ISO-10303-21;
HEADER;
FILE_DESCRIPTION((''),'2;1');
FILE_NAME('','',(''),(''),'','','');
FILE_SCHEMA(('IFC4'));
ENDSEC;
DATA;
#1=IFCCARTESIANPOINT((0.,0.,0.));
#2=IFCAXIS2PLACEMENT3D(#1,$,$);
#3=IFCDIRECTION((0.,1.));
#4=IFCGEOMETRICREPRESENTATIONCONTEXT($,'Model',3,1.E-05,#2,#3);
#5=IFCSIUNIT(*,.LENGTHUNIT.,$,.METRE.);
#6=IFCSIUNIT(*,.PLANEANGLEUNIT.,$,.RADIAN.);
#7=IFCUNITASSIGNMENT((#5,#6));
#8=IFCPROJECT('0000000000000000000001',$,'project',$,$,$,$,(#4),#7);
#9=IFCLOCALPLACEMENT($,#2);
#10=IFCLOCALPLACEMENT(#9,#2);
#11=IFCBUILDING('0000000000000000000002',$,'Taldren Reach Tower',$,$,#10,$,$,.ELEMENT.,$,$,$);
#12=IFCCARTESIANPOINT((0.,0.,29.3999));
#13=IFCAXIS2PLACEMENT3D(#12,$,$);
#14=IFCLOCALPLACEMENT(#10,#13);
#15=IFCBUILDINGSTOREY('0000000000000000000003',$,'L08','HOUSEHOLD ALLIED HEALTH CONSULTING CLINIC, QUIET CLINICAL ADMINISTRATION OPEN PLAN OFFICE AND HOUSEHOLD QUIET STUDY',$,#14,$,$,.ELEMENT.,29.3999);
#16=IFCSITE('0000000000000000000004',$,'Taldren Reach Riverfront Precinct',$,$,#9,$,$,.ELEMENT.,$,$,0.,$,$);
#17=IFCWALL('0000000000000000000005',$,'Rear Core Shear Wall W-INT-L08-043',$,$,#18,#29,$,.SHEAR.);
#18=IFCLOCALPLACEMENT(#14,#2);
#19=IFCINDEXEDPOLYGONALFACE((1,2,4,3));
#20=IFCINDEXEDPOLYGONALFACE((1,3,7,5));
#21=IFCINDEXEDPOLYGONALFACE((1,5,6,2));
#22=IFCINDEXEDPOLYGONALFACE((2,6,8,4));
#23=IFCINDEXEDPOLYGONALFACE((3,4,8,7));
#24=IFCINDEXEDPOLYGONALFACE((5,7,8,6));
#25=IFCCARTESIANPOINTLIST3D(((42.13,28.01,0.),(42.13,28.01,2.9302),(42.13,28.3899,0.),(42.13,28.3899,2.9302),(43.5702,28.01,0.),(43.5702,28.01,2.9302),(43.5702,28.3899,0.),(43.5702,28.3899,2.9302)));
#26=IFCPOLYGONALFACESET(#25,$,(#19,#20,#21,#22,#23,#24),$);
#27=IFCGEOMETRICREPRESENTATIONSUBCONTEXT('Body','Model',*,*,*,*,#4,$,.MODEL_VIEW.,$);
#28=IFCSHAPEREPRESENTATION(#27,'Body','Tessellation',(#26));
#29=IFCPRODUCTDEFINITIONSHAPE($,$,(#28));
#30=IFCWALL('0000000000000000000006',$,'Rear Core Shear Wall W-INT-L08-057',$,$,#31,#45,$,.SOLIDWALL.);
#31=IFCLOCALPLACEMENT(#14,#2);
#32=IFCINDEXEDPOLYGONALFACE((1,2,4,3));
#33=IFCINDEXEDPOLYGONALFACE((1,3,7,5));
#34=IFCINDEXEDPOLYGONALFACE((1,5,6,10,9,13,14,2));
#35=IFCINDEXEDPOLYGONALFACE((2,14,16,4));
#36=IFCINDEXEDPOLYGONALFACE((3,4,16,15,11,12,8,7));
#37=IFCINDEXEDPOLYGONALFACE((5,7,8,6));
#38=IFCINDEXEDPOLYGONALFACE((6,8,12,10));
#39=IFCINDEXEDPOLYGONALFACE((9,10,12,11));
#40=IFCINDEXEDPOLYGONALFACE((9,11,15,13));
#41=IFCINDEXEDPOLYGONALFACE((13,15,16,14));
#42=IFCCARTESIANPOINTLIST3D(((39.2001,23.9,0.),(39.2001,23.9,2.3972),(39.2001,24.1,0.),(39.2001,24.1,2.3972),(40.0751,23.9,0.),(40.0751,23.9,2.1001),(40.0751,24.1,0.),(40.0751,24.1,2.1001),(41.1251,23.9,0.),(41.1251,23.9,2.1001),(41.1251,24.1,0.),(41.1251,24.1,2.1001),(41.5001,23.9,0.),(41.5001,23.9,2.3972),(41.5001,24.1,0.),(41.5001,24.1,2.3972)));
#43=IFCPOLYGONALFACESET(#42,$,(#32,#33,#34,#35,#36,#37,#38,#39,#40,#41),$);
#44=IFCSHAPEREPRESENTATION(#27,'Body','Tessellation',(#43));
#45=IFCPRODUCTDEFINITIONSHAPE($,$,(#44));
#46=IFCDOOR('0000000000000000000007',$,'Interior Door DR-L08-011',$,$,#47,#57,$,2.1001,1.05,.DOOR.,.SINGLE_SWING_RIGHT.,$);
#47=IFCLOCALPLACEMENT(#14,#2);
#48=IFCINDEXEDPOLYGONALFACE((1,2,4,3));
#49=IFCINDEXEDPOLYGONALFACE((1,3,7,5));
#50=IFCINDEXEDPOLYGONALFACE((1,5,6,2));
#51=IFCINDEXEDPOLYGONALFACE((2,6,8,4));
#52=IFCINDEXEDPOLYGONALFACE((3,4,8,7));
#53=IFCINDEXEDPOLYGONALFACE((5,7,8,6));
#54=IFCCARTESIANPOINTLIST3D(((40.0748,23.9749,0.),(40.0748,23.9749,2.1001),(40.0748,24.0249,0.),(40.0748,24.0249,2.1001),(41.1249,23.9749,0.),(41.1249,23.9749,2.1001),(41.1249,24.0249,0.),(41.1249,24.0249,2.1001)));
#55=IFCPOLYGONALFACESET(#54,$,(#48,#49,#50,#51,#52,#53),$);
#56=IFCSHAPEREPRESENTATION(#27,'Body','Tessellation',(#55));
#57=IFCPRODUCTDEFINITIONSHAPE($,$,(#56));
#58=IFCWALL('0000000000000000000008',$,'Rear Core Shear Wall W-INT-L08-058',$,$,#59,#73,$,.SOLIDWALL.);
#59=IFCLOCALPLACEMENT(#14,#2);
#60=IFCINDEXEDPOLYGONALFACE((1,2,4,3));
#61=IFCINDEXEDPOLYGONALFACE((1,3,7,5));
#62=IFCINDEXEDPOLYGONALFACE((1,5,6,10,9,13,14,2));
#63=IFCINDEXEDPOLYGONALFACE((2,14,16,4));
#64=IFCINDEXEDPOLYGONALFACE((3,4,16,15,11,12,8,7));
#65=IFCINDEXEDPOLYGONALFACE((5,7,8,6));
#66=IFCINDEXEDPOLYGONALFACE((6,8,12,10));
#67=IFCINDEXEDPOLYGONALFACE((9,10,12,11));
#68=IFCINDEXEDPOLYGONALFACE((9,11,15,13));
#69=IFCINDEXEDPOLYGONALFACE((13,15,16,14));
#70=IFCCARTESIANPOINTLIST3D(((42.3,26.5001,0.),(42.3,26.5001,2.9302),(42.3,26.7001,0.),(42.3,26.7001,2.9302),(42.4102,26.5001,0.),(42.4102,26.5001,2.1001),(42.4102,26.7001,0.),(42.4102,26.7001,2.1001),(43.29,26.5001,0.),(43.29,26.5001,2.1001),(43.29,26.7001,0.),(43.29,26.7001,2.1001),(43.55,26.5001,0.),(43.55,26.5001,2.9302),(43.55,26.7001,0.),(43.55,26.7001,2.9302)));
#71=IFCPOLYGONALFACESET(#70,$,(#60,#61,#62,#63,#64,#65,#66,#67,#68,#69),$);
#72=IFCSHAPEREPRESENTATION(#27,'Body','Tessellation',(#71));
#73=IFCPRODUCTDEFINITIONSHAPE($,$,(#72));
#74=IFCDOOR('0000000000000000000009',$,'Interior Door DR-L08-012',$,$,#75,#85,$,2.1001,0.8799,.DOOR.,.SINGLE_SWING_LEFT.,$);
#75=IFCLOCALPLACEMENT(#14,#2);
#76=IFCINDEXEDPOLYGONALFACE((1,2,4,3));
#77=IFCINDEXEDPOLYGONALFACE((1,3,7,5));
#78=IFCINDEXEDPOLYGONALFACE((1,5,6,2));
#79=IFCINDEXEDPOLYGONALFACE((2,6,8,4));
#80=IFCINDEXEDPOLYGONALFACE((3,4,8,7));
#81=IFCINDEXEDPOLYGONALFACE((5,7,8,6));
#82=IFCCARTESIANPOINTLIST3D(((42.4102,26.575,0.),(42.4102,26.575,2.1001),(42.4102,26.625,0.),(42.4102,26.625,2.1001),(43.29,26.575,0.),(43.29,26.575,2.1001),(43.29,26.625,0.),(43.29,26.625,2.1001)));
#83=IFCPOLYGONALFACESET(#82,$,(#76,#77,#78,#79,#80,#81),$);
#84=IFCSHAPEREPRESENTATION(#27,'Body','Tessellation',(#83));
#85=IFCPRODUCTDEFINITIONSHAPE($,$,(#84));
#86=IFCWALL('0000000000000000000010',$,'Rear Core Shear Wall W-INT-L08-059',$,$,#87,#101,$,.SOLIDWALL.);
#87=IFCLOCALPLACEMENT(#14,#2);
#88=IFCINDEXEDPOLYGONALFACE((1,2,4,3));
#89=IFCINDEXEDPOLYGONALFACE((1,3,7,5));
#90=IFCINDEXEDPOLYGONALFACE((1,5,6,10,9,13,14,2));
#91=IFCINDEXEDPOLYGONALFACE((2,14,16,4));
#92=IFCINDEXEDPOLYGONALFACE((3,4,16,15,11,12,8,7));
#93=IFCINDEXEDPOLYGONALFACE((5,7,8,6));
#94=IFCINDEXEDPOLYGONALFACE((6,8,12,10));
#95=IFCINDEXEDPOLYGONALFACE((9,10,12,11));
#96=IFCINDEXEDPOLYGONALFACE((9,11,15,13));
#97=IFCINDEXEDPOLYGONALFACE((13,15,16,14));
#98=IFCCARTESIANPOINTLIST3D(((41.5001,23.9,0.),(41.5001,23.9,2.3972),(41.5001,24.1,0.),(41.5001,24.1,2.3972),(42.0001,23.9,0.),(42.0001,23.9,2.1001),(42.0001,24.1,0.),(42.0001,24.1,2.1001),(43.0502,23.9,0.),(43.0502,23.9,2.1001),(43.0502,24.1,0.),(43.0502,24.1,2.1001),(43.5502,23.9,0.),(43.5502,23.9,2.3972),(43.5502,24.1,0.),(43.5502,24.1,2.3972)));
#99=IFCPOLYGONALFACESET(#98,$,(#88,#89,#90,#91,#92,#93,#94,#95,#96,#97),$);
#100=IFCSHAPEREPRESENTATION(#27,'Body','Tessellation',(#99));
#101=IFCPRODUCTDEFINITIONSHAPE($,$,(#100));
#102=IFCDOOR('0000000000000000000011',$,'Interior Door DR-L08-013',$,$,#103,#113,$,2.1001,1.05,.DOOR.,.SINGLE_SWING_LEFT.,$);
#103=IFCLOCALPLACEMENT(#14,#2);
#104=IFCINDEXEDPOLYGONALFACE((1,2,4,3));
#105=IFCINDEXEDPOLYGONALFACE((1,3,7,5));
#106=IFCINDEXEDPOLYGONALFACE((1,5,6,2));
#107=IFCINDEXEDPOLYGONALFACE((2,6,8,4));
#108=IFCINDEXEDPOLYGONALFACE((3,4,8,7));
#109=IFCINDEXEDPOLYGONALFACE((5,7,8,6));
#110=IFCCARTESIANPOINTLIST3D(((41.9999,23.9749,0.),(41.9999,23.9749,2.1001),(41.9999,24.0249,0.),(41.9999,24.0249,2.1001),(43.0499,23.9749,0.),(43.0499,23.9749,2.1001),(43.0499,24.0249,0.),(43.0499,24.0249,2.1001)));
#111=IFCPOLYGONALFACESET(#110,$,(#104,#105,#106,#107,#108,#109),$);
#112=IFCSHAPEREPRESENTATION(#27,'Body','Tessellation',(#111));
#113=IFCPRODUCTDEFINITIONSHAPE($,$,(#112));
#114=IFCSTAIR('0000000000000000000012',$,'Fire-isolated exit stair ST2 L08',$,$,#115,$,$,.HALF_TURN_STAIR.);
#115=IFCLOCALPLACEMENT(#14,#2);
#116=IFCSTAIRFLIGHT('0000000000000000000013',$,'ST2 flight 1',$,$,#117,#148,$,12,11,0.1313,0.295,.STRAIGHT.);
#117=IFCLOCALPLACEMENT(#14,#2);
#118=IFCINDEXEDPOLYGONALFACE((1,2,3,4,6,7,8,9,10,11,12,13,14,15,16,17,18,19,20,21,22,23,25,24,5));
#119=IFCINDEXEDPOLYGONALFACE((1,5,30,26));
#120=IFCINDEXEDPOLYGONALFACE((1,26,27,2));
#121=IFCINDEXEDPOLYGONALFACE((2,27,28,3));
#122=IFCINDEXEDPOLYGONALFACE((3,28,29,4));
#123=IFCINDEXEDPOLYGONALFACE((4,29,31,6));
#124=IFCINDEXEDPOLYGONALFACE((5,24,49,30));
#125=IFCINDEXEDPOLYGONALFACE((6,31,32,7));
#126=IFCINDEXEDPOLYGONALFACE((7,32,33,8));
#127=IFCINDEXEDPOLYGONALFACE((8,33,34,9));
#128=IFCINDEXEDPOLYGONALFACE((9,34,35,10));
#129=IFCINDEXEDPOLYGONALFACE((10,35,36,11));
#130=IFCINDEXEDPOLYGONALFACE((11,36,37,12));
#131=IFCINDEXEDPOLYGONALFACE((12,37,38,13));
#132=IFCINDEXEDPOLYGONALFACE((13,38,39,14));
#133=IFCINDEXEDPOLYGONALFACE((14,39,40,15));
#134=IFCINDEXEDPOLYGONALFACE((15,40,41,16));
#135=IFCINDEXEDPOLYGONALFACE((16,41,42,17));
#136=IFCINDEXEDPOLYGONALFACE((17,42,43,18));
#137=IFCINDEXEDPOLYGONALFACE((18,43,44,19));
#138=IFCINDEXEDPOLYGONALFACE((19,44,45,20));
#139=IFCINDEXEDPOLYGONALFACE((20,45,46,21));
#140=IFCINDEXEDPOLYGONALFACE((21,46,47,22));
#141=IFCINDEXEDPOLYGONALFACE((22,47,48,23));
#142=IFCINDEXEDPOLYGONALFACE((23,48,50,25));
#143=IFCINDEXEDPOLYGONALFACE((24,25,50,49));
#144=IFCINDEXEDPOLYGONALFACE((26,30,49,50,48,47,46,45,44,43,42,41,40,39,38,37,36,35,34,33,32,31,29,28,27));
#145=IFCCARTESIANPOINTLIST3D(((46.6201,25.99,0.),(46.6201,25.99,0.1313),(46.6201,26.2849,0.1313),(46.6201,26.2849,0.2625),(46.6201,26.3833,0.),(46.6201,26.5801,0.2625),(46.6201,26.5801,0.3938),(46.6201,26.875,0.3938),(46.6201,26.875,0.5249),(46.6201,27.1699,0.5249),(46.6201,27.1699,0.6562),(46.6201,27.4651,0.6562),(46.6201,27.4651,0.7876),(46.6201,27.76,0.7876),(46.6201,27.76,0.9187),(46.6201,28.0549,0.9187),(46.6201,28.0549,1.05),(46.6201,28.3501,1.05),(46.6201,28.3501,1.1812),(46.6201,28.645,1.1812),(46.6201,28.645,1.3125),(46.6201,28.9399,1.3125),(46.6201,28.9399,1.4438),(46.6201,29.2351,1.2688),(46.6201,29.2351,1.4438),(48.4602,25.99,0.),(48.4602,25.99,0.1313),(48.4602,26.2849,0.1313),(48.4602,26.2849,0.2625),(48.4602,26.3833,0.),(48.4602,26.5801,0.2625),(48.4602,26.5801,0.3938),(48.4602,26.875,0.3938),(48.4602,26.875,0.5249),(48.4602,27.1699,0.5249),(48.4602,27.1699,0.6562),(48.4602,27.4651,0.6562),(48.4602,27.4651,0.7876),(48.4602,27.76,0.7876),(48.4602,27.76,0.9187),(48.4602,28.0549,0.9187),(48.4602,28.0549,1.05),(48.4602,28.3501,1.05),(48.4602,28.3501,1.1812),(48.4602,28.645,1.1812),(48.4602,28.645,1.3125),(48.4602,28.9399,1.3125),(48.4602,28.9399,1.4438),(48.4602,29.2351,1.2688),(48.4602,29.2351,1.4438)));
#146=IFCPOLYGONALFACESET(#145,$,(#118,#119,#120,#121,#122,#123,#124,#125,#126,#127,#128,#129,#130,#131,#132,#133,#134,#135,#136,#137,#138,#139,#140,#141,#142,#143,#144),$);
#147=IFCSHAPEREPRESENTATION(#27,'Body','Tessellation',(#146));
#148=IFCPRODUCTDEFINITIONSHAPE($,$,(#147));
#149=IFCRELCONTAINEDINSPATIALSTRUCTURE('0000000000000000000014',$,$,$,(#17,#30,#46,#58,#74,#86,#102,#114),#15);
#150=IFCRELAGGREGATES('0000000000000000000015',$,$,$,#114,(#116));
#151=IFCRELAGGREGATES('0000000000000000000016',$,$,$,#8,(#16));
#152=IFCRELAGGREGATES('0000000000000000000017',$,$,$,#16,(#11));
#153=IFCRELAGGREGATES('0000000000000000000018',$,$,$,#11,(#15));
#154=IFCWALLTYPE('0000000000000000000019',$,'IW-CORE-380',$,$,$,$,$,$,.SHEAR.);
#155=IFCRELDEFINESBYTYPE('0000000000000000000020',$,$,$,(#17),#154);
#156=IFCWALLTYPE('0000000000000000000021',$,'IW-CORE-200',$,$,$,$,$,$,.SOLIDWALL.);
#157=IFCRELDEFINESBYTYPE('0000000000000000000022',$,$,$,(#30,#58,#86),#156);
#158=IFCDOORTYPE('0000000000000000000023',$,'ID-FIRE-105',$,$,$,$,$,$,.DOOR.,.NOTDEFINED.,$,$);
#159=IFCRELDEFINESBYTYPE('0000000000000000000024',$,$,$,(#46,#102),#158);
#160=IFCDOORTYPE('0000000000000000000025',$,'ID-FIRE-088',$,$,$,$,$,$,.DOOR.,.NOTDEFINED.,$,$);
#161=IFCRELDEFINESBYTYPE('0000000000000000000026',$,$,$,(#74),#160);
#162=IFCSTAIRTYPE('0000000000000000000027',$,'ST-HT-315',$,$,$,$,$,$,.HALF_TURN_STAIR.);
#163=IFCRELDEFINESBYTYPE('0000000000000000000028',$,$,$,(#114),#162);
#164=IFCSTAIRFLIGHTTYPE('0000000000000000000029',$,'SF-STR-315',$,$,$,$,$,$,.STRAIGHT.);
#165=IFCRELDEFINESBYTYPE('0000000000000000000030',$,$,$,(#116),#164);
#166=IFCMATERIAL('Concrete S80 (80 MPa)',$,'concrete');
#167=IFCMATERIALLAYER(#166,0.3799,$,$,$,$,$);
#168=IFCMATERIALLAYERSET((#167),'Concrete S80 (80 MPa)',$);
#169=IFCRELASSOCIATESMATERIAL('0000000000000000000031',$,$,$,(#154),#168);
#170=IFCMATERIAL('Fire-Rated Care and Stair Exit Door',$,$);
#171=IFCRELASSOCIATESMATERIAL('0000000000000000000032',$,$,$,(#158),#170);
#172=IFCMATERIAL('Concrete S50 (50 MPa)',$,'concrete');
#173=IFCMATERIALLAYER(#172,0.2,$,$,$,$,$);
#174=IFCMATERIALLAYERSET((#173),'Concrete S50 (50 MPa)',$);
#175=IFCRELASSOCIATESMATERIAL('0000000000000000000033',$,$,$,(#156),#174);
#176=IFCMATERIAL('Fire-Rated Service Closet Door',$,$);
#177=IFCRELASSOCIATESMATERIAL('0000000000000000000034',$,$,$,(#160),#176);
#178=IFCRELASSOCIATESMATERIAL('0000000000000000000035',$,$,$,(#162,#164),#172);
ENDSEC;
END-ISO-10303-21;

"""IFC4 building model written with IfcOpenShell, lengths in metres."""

from ifc_helpers import new_model, si_unit, direction, frame, frame_2d, origin, place, context, subcontext, project, spatial, polyline, rectangle, outline, extrude, source, transform, mapped, material, layer, layer_set, type_object, element, fill, aggregate, save


model = new_model("IFC4")

# Units and contexts
model_context = context("Model", 3, precision=1e-05, world=origin(), true_north=direction((0.0, 1.0)))
body_context = subcontext(model_context, "Body", "Model", "MODEL_VIEW")
ifc_project = project(units=[si_unit("LENGTHUNIT", "METRE"), si_unit("PLANEANGLEUNIT", "RADIAN")], contexts=[model_context])

# Site, building, storey
site_placement = place(None, origin())
site = spatial("IfcSite", under=ifc_project, at=site_placement, Name="Taldren Reach Riverfront Precinct", CompositionType="ELEMENT", RefElevation=0.0)
building_placement = place(site_placement, origin())
building = spatial("IfcBuilding", under=site, at=building_placement, Name="Taldren Reach Tower", CompositionType="ELEMENT")
storey_placement = place(building_placement, frame((0.0, 0.0, 29.3999)))
storey = spatial("IfcBuildingStorey", under=building, at=storey_placement, Name="L08", Description="HOUSEHOLD ALLIED HEALTH CONSULTING CLINIC, QUIET CLINICAL ADMINISTRATION OPEN PLAN OFFICE AND HOUSEHOLD QUIET STUDY", CompositionType="ELEMENT", Elevation=29.3999)

# Shared definitions
ifc_material_1 = material(Name="Concrete S80 (80 MPa)", Category="concrete")
ifc_layer_1 = layer(ifc_material_1, 0.3799)
ifc_layer_set_1 = layer_set([ifc_layer_1], Name="Concrete S80 (80 MPa)")
wall_type_1 = type_object("IfcWallType", Name="IW-CORE-380", PredefinedType="SHEAR", material=ifc_layer_set_1)

# Shared definitions
ifc_material_2 = material(Name="Fire-Rated Care and Stair Exit Door")
door_type_1 = type_object("IfcDoorType", Name="ID-FIRE-105", OperationType="NOTDEFINED", PredefinedType="DOOR", material=ifc_material_2)
shared_shape_1 = source(origin(), body_context, "Body", "SweptSolid", [
    extrude(rectangle(XDim=1.05, YDim=2.1001, at=frame_2d((0.5249, 1.05))), frame((0.0, 0.0249, 0.0), z_axis=(0.0, -1.0, 0.0), x_axis=(1.0, 0.0, 0.0)), (0.0, 0.0, 1.0), 0.05),
])

# Shared definitions
ifc_material_3 = material(Name="Concrete S50 (50 MPa)", Category="concrete")
ifc_layer_2 = layer(ifc_material_3, 0.2)
ifc_layer_set_2 = layer_set([ifc_layer_2], Name="Concrete S50 (50 MPa)")
wall_type_2 = type_object("IfcWallType", Name="IW-CORE-200", PredefinedType="SOLIDWALL", material=ifc_layer_set_2)

# Shared definitions
shared_shape_2 = source(origin(), body_context, "Body", "SweptSolid", [
    extrude(rectangle(XDim=1.05, YDim=2.1001, at=frame_2d((0.5249, 1.05))), frame((0.0, 0.1099, 0.0), z_axis=(0.0, -1.0, 0.0), x_axis=(1.0, 0.0, 0.0)), (0.0, 0.0, 1.0), 0.22),
])

# Wall
shared_shape_3 = source(origin(), body_context, "Body", "SweptSolid", [
    extrude(rectangle(XDim=1.4402, YDim=0.3799, at=frame_2d((0.7202, 0.0))), origin(), (0.0, 0.0, 1.0), 2.9302),
])
wall_1_placement = place(storey_placement, frame((42.1299, 28.2, 0.0), z_axis=(0.0, 0.0, 1.0), x_axis=(1.0, 0.0, 0.0)))
element("IfcWall", 1, at=wall_1_placement, inside=storey, type_object=wall_type_1, Name="Rear Core Shear Wall W-INT-L08-043", PredefinedType="SHEAR", context=body_context, shape_type="MappedRepresentation", body=[
    mapped(shared_shape_3, transform((0.0, 0.0, 0.0), scale=1.0)),
])

# Walls, openings, doors
shared_shape_4 = source(origin(), body_context, "Body", "SweptSolid", [
    extrude(rectangle(XDim=2.3, YDim=0.2, at=frame_2d((1.1499, 0.0))), origin(), (0.0, 0.0, 1.0), 2.3972),
])
wall_2_placement = place(storey_placement, frame((41.5, 24.0, 0.0), z_axis=(0.0, 0.0, 1.0), x_axis=(-1.0, 0.0, 0.0)))
wall_2 = element("IfcWall", 2, at=wall_2_placement, inside=storey, type_object=wall_type_2, Name="Rear Core Shear Wall W-INT-L08-057", PredefinedType="SOLIDWALL", context=body_context, shape_type="MappedRepresentation", body=[
    mapped(shared_shape_4, transform((0.0, 0.0, 0.0), scale=1.0)),
])
opening_1_placement = place(wall_2_placement, frame((0.375, 0.0, 0.0)))
opening_1 = element("IfcOpeningElement", 3, at=opening_1_placement, cuts=wall_2, PredefinedType="OPENING", context=body_context, shape_type="MappedRepresentation", body=[
    mapped(shared_shape_2, transform((0.0, 0.0, 0.0), scale=1.0)),
])
door_1_placement = place(opening_1_placement, frame((1.05, 0.0, 0.0), z_axis=(0.0, 0.0, 1.0), x_axis=(-1.0, 0.0, 0.0)))
door_1 = element("IfcDoor", 4, at=door_1_placement, inside=storey, type_object=door_type_1, Name="Interior Door DR-L08-011", OperationType="SINGLE_SWING_RIGHT", OverallHeight=2.1001, OverallWidth=1.05, PredefinedType="DOOR", context=body_context, shape_type="MappedRepresentation", body=[
    mapped(shared_shape_1, transform((0.0, 0.0, 0.0), scale=1.0)),
])
fill(opening_1, door_1)
shared_shape_5 = source(origin(), body_context, "Body", "SweptSolid", [
    extrude(rectangle(XDim=1.25, YDim=0.2, at=frame_2d((0.625, 0.0))), origin(), (0.0, 0.0, 1.0), 2.9302),
])
wall_3_placement = place(storey_placement, frame((42.3, 26.6001, 0.0), z_axis=(0.0, 0.0, 1.0), x_axis=(1.0, 0.0, 0.0)))
wall_3 = element("IfcWall", 5, at=wall_3_placement, inside=storey, type_object=wall_type_2, Name="Rear Core Shear Wall W-INT-L08-058", PredefinedType="SOLIDWALL", context=body_context, shape_type="MappedRepresentation", body=[
    mapped(shared_shape_5, transform((0.0, 0.0, 0.0), scale=1.0)),
])
shared_shape_6 = source(origin(), body_context, "Body", "SweptSolid", [
    extrude(rectangle(XDim=0.8799, YDim=2.1001, at=frame_2d((0.4399, 1.05))), frame((0.0, 0.1099, 0.0), z_axis=(0.0, -1.0, 0.0), x_axis=(1.0, 0.0, 0.0)), (0.0, 0.0, 1.0), 0.22),
])
opening_2_placement = place(wall_3_placement, frame((0.1101, 0.0, 0.0)))
opening_2 = element("IfcOpeningElement", 6, at=opening_2_placement, cuts=wall_3, PredefinedType="OPENING", context=body_context, shape_type="MappedRepresentation", body=[
    mapped(shared_shape_6, transform((0.0, 0.0, 0.0), scale=1.0)),
])
ifc_material_4 = material(Name="Fire-Rated Service Closet Door")
door_type_2 = type_object("IfcDoorType", Name="ID-FIRE-088", OperationType="NOTDEFINED", PredefinedType="DOOR", material=ifc_material_4)
shared_shape_7 = source(origin(), body_context, "Body", "SweptSolid", [
    extrude(rectangle(XDim=0.8799, YDim=2.1001, at=frame_2d((0.4399, 1.05))), frame((0.0, 0.0249, 0.0), z_axis=(0.0, -1.0, 0.0), x_axis=(1.0, 0.0, 0.0)), (0.0, 0.0, 1.0), 0.05),
])
door_2_placement = place(opening_2_placement, origin())
door_2 = element("IfcDoor", 7, at=door_2_placement, inside=storey, type_object=door_type_2, Name="Interior Door DR-L08-012", OperationType="SINGLE_SWING_LEFT", OverallHeight=2.1001, OverallWidth=0.8799, PredefinedType="DOOR", context=body_context, shape_type="MappedRepresentation", body=[
    mapped(shared_shape_7, transform((0.0, 0.0, 0.0), scale=1.0)),
])
fill(opening_2, door_2)
shared_shape_8 = source(origin(), body_context, "Body", "SweptSolid", [
    extrude(rectangle(XDim=2.05, YDim=0.2, at=frame_2d((1.0249, 0.0))), origin(), (0.0, 0.0, 1.0), 2.3972),
])
wall_4_placement = place(storey_placement, frame((43.55, 24.0, 0.0), z_axis=(0.0, 0.0, 1.0), x_axis=(-1.0, 0.0, 0.0)))
wall_4 = element("IfcWall", 8, at=wall_4_placement, inside=storey, type_object=wall_type_2, Name="Rear Core Shear Wall W-INT-L08-059", PredefinedType="SOLIDWALL", context=body_context, shape_type="MappedRepresentation", body=[
    mapped(shared_shape_8, transform((0.0, 0.0, 0.0), scale=1.0)),
])
opening_3_placement = place(wall_4_placement, frame((0.5, 0.0, 0.0)))
opening_3 = element("IfcOpeningElement", 9, at=opening_3_placement, cuts=wall_4, PredefinedType="OPENING", context=body_context, shape_type="MappedRepresentation", body=[
    mapped(shared_shape_2, transform((0.0, 0.0, 0.0), scale=1.0)),
])
door_3_placement = place(opening_3_placement, frame((1.05, 0.0, 0.0), z_axis=(0.0, 0.0, 1.0), x_axis=(-1.0, 0.0, 0.0)))
door_3 = element("IfcDoor", 10, at=door_3_placement, inside=storey, type_object=door_type_1, Name="Interior Door DR-L08-013", OperationType="SINGLE_SWING_LEFT", OverallHeight=2.1001, OverallWidth=1.05, PredefinedType="DOOR", context=body_context, shape_type="MappedRepresentation", body=[
    mapped(shared_shape_1, transform((0.0, 0.0, 0.0), scale=1.0)),
])
fill(opening_3, door_3)

# Stair, stair flight
stair_type = type_object("IfcStairType", Name="ST-HT-315", PredefinedType="HALF_TURN_STAIR", material=ifc_material_3)
stair_placement = place(storey_placement, origin())
stair = element("IfcStair", 11, at=stair_placement, inside=storey, type_object=stair_type, Name="Fire-isolated exit stair ST2 L08", PredefinedType="HALF_TURN_STAIR")
stair_flight_type = type_object("IfcStairFlightType", Name="SF-STR-315", PredefinedType="STRAIGHT", material=ifc_material_3)
stair_flight_placement = place(storey_placement, frame((47.54, 25.99, 0.0), z_axis=(0.0, 0.0, 1.0), x_axis=(0.0, 1.0, 0.0)))
stair_flight = element("IfcStairFlight", 12, at=stair_flight_placement, type_object=stair_flight_type, Name="ST2 flight 1", NumberOfRisers=12, NumberOfTreads=11, PredefinedType="STRAIGHT", RiserHeight=0.1313, TreadLength=0.295, context=body_context, shape_type="SweptSolid", body=[
    extrude(outline(polyline([(0.0, 0.0), (0.0, 0.1313), (0.2949, 0.1313), (0.2949, 0.2625), (0.5901, 0.2625), (0.5901, 0.3938), (0.885, 0.3938), (0.885, 0.5249), (1.1799, 0.5249), (1.1799, 0.6562), (1.4751, 0.6562), (1.4751, 0.7876), (1.77, 0.7876), (1.77, 0.9187), (2.0649, 0.9187), (2.0649, 1.05), (2.3601, 1.05), (2.3601, 1.1812), (2.655, 1.1812), (2.655, 1.3125), (2.95, 1.3125), (2.95, 1.4438), (3.2451, 1.4438), (3.2451, 1.575), (3.2451, 1.2688), (0.3933, 0.0), (0.0, 0.0)])), frame((0.0, 0.9199, 0.0), z_axis=(0.0, -1.0, 0.0), x_axis=(1.0, 0.0, 0.0)), (0.0, 0.0, 1.0), 1.8401),
])
aggregate(stair, [stair_flight])

save(model, "model.ifc")
